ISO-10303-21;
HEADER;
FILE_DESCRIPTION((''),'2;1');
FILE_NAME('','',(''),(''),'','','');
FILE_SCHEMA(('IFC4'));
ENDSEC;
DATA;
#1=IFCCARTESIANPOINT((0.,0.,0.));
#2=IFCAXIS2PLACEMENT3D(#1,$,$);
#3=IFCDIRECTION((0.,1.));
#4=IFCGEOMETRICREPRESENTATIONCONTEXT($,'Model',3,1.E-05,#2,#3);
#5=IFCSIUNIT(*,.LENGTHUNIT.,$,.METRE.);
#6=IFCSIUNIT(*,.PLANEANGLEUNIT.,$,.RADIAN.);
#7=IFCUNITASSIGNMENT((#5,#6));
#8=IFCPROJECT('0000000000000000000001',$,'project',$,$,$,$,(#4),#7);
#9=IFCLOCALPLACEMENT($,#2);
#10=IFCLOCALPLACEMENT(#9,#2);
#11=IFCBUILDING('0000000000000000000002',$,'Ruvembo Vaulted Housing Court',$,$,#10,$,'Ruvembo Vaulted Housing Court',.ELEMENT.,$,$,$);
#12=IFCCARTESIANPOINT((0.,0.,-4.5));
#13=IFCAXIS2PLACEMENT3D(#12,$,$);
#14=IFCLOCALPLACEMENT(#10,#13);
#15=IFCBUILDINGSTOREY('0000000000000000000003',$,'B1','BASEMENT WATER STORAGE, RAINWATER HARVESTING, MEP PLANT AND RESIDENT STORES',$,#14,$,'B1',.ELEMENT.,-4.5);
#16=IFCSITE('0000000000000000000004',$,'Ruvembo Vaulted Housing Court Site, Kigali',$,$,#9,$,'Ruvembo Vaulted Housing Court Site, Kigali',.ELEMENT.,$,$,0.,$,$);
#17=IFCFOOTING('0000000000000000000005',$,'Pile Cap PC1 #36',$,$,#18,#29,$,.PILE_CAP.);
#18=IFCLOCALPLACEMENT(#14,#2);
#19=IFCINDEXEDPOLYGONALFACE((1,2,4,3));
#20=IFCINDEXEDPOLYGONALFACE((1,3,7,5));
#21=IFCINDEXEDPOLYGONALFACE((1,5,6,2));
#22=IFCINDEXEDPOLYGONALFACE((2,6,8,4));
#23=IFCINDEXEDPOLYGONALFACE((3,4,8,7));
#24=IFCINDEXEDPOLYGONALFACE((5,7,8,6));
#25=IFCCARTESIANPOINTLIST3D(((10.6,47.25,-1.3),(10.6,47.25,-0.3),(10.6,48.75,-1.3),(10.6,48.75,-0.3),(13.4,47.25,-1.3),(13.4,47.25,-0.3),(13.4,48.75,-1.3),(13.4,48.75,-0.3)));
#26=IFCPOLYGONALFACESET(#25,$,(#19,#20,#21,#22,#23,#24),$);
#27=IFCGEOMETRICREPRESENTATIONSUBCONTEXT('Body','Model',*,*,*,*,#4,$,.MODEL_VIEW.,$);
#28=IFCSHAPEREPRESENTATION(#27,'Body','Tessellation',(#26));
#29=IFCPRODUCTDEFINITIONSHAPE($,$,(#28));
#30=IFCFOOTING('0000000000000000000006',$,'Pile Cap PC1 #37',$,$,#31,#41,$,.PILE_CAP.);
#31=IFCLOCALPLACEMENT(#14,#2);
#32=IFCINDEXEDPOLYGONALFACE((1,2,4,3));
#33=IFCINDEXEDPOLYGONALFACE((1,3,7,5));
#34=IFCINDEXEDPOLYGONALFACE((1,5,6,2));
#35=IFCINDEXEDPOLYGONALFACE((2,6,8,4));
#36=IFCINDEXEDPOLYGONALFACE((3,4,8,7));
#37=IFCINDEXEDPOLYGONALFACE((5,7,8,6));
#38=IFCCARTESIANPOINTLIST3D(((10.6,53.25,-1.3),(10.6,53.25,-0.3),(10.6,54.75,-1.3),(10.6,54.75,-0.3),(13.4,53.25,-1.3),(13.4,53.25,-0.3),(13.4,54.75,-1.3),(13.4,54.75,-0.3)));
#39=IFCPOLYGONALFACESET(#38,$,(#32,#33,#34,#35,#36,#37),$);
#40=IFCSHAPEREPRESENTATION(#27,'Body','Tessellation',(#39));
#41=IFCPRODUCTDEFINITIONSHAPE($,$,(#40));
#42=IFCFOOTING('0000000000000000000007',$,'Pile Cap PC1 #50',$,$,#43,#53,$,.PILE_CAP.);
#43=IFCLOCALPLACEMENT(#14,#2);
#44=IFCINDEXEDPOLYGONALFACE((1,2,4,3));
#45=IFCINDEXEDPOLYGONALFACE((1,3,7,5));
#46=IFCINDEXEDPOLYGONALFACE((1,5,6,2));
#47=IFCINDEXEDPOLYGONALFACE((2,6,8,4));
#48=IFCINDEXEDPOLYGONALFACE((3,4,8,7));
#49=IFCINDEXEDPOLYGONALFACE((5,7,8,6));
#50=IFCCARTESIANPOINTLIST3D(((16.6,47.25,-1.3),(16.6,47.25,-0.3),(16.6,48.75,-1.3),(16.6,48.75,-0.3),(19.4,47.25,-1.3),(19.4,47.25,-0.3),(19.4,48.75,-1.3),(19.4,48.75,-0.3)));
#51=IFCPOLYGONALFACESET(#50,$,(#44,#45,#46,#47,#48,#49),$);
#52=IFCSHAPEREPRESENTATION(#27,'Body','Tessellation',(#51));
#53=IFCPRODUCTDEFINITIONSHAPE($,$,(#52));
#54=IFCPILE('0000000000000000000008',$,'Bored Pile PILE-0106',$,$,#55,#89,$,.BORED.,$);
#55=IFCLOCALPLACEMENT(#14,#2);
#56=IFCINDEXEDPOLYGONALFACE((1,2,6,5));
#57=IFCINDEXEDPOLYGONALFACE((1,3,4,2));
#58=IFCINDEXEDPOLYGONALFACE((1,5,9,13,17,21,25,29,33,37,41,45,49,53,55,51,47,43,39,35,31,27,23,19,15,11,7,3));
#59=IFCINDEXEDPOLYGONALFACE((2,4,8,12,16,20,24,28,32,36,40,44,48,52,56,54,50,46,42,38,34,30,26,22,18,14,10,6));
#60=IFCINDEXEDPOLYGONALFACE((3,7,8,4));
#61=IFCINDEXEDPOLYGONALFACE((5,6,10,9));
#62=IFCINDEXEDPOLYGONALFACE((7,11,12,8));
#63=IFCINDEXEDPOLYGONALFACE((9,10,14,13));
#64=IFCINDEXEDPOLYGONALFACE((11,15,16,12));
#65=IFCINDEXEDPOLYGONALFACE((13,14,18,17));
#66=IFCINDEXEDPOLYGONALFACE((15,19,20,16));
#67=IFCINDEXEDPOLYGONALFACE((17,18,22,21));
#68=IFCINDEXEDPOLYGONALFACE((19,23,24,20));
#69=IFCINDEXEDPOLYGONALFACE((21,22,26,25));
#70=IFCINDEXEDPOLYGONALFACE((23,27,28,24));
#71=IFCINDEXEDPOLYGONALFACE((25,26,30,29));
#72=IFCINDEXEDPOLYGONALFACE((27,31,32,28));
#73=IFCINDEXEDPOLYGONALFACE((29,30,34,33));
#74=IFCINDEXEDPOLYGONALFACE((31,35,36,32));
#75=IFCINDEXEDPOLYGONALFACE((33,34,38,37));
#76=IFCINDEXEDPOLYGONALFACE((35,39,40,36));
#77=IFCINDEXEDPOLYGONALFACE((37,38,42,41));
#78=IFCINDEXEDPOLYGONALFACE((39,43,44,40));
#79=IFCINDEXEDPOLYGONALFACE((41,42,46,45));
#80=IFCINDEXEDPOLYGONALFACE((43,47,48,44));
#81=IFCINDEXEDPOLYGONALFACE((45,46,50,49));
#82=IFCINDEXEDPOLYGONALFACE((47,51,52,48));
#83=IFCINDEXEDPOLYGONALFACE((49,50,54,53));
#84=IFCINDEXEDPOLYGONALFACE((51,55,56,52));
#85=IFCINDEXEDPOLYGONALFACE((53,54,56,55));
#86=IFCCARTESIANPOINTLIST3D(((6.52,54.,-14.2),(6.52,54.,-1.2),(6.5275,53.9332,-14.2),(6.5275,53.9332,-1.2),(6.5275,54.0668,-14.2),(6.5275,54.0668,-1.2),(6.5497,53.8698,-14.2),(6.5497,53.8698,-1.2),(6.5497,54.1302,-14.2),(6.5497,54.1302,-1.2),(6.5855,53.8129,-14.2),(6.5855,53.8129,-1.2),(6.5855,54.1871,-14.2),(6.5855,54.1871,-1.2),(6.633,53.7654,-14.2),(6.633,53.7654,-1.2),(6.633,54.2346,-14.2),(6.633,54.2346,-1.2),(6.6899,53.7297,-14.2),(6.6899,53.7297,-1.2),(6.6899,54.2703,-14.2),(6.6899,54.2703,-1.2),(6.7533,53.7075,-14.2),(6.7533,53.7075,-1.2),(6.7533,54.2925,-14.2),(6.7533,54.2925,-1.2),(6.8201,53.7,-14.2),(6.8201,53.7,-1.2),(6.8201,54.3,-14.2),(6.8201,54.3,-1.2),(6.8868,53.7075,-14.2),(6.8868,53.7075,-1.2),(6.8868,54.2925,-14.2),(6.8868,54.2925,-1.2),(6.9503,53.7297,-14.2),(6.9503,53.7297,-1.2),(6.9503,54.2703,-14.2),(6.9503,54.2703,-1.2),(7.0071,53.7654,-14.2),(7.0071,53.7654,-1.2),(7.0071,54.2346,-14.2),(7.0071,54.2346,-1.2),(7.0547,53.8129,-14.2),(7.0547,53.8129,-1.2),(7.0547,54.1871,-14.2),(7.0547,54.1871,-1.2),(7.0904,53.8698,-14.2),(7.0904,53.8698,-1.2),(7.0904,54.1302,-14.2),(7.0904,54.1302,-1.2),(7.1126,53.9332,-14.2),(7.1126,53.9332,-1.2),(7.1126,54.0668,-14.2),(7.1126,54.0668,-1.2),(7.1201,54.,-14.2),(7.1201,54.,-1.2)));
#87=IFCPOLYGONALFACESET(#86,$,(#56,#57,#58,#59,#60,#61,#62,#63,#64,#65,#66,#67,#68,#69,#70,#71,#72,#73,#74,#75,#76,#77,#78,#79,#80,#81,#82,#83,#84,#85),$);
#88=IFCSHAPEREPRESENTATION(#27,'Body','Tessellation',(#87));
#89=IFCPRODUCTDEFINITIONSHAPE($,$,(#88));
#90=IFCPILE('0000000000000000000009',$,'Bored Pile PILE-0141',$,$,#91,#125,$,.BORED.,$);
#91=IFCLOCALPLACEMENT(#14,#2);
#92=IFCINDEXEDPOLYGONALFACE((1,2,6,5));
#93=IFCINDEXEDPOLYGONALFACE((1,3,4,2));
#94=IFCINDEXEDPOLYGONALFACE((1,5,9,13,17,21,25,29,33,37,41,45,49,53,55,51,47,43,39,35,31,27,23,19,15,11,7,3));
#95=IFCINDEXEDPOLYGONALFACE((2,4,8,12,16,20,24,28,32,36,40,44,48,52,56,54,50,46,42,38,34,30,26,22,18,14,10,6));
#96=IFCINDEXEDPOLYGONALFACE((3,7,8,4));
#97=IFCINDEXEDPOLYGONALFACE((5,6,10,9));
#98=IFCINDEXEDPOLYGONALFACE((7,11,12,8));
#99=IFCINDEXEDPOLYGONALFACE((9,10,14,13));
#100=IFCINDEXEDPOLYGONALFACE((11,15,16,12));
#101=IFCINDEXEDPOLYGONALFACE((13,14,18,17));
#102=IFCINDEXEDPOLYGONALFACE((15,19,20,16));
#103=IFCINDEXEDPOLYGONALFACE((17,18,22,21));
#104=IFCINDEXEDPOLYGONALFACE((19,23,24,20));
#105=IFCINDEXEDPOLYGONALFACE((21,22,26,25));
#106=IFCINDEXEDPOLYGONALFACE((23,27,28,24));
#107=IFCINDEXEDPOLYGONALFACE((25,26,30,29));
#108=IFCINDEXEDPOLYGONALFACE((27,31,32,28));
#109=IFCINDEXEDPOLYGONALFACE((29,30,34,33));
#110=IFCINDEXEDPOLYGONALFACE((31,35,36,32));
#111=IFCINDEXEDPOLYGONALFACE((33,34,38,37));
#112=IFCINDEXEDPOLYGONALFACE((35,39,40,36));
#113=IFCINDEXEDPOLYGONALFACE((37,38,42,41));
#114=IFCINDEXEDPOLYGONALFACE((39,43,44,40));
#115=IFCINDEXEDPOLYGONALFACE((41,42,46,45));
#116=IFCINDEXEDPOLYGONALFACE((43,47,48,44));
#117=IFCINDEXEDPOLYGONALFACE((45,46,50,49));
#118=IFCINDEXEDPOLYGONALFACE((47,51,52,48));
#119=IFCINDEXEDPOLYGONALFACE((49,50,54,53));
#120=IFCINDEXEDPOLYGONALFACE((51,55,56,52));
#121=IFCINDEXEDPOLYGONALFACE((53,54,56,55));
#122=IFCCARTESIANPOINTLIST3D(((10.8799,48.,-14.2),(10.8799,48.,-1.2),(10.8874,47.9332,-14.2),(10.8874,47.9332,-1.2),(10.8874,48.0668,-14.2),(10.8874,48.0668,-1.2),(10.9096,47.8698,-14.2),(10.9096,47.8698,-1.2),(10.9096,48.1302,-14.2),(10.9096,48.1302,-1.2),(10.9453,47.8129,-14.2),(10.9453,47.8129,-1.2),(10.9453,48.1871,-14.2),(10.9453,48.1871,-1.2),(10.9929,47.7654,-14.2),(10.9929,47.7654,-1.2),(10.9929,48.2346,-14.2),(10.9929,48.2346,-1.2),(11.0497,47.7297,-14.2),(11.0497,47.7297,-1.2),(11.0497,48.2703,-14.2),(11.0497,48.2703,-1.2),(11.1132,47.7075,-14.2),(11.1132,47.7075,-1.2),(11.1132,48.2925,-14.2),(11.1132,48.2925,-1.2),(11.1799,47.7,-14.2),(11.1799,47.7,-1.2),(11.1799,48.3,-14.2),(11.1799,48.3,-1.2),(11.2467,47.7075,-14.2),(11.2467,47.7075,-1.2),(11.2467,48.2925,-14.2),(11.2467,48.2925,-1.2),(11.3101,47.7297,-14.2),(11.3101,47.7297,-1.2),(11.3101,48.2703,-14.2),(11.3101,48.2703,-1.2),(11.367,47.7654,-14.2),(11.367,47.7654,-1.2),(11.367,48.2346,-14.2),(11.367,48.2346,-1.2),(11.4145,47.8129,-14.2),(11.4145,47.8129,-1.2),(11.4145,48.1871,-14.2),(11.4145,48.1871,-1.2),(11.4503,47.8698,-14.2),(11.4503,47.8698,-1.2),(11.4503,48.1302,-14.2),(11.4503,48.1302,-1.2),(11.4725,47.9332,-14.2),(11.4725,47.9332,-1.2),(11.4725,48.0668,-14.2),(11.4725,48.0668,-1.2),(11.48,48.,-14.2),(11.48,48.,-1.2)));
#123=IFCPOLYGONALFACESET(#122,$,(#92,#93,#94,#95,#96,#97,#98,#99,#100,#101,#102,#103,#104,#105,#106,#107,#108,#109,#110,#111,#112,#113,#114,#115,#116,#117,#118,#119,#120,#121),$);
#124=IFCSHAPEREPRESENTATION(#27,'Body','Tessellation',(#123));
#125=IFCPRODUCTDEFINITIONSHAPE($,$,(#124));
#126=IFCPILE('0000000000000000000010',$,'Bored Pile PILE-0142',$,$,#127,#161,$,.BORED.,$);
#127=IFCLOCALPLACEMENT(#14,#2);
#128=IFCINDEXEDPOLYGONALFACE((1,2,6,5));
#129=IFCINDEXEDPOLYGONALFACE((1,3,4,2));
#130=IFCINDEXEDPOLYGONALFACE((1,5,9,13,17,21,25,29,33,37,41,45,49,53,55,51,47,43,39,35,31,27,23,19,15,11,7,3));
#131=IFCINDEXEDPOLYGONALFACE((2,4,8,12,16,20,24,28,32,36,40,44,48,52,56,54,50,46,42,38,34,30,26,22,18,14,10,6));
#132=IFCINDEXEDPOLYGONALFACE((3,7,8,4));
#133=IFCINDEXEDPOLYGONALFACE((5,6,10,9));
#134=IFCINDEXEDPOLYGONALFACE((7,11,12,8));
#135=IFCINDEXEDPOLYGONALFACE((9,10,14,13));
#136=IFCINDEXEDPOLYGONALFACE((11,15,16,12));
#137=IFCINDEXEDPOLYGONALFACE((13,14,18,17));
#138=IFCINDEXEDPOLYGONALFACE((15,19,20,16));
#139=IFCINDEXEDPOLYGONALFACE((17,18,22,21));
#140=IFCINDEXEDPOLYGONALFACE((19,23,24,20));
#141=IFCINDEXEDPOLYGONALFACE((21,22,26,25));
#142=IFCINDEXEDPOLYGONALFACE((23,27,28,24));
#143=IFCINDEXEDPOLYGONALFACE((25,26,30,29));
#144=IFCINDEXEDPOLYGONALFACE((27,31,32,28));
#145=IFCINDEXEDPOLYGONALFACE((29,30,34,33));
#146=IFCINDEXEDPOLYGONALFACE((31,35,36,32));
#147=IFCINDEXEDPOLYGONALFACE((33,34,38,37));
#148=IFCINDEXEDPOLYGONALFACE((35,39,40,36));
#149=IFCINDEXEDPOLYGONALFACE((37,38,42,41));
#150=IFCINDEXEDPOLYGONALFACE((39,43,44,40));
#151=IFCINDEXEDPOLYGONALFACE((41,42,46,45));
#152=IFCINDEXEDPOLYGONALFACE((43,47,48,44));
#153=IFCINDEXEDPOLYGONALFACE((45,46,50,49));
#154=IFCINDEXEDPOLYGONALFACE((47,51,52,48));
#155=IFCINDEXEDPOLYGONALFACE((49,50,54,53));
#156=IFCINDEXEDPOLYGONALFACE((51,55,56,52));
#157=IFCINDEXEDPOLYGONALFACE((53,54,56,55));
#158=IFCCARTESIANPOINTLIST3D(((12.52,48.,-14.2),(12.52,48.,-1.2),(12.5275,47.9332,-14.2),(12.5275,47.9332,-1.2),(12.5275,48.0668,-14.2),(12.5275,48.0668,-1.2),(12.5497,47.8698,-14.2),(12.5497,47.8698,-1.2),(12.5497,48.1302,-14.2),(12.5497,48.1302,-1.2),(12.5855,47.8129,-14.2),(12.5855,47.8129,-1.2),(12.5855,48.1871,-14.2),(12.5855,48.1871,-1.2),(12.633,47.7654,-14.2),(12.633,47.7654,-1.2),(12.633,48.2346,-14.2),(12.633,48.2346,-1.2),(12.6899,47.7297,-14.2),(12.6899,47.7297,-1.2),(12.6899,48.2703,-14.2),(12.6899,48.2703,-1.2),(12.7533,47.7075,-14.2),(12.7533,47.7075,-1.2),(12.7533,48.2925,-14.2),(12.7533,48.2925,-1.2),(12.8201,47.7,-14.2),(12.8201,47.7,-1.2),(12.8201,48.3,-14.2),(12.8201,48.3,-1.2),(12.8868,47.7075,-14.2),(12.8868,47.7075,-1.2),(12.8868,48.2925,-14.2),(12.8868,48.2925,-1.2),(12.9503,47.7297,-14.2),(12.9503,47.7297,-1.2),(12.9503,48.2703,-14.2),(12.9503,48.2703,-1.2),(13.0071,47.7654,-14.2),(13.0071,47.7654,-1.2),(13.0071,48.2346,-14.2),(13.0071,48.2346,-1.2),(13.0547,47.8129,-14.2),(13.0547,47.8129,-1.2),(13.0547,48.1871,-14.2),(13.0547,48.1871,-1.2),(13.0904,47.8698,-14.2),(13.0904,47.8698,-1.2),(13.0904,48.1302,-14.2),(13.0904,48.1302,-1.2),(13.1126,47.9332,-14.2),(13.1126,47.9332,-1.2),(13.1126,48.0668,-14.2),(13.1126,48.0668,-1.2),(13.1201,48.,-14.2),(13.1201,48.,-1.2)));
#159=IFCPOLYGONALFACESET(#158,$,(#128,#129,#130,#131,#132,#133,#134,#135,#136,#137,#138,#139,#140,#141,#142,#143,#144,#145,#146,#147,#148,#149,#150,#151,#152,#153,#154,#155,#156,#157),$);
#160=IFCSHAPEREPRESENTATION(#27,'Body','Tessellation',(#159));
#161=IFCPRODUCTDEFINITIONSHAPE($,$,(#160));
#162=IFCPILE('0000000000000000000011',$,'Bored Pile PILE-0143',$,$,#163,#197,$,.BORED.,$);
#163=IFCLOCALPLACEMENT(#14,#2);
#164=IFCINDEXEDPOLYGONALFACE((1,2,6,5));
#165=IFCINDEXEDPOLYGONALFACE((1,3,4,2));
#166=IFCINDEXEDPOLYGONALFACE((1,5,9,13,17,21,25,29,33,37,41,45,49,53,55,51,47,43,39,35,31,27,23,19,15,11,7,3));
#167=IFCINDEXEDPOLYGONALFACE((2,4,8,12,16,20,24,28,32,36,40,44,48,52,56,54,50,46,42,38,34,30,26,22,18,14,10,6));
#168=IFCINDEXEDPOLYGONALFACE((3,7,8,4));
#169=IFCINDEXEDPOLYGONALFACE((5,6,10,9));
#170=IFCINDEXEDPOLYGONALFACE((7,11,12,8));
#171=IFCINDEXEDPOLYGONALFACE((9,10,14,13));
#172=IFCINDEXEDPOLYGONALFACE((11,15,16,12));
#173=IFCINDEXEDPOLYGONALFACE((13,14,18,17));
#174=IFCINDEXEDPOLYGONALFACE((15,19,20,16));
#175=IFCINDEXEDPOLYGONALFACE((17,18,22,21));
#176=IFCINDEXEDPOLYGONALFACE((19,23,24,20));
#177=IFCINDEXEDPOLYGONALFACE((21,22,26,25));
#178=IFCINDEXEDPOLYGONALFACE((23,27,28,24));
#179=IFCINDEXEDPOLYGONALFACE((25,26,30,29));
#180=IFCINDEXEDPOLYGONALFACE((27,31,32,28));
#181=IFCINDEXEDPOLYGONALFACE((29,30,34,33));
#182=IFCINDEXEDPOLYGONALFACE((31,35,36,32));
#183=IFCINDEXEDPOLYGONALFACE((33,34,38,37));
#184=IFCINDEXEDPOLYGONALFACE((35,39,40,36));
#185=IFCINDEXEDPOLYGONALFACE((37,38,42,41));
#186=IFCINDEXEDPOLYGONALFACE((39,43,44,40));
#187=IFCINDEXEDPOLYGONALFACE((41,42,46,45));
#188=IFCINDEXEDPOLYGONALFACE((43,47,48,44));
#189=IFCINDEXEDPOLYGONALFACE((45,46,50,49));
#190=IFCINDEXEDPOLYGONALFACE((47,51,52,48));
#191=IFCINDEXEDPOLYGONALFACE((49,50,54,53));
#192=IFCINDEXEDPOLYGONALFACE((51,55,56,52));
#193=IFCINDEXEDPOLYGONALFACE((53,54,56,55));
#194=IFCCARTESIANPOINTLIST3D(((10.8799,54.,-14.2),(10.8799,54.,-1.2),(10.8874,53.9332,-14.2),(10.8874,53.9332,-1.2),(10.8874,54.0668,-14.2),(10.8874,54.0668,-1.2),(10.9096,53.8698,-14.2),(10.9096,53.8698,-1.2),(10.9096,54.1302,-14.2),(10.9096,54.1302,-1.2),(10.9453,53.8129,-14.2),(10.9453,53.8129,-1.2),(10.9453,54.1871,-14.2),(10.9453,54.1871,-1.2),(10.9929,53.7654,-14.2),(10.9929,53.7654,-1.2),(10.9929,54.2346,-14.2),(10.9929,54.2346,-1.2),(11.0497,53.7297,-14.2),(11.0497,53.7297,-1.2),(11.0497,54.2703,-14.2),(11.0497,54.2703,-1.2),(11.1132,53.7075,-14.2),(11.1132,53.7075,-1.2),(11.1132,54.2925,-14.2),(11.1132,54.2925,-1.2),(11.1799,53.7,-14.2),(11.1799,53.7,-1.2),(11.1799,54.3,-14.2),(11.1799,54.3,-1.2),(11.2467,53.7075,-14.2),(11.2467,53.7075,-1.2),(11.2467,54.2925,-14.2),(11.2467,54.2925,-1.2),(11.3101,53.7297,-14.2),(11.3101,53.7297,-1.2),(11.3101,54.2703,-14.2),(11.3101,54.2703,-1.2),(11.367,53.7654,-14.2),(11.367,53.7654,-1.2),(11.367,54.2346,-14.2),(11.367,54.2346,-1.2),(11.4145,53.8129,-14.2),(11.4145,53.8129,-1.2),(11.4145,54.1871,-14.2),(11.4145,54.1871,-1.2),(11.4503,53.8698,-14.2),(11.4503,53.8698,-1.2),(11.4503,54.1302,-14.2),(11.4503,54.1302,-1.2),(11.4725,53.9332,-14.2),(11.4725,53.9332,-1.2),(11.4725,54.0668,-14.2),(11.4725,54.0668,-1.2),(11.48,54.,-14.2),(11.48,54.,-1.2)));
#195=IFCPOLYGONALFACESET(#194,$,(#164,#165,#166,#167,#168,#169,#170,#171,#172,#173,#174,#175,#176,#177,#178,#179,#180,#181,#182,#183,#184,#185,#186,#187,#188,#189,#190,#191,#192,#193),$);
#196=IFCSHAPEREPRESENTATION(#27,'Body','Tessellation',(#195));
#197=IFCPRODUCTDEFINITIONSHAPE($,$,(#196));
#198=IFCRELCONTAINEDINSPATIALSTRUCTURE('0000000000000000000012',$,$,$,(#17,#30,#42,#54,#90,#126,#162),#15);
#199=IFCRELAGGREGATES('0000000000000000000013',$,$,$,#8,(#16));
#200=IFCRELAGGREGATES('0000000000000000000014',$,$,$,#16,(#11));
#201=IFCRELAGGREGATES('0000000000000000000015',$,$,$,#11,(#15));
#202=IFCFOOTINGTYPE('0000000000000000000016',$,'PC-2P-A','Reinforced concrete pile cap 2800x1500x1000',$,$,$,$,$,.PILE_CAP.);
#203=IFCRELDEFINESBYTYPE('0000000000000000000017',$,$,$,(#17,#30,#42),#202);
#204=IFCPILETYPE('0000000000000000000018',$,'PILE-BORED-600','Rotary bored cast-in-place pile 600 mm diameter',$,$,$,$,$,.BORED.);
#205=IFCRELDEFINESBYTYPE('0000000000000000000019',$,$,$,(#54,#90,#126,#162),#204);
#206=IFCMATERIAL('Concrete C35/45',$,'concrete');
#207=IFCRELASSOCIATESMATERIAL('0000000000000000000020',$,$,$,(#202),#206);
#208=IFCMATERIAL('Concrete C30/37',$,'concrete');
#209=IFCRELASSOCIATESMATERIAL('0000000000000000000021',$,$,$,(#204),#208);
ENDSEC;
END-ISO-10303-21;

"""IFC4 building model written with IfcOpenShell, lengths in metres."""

from ifc_helpers import new_model, si_unit, direction, frame, origin, origin_2d, place, context, subcontext, project, spatial, rectangle, circle, extrude, material, material_profile, profile_set, type_object, element, save


model = new_model("IFC4")

# Units and contexts
model_context = context("Model", 3, precision=1e-05, world=origin(), true_north=direction((0.0, 1.0)))
body_context = subcontext(model_context, "Body", "Model", "MODEL_VIEW")
ifc_project = project(units=[si_unit("LENGTHUNIT", "METRE"), si_unit("PLANEANGLEUNIT", "RADIAN")], contexts=[model_context])

# Site, building, storey
site_placement = place(None, origin())
site = spatial("IfcSite", under=ifc_project, at=site_placement, Name="Ruvembo Vaulted Housing Court Site, Kigali", LongName="Ruvembo Vaulted Housing Court Site, Kigali", CompositionType="ELEMENT", RefElevation=0.0)
building_placement = place(site_placement, origin())
building = spatial("IfcBuilding", under=site, at=building_placement, Name="Ruvembo Vaulted Housing Court", LongName="Ruvembo Vaulted Housing Court", CompositionType="ELEMENT")
storey_placement = place(building_placement, frame((0.0, 0.0, -4.5)))
storey = spatial("IfcBuildingStorey", under=building, at=storey_placement, Name="B1", Description="BASEMENT WATER STORAGE, RAINWATER HARVESTING, MEP PLANT AND RESIDENT STORES", LongName="B1", CompositionType="ELEMENT", Elevation=-4.5)

# Footings
ifc_material_1 = material(Name="Concrete C35/45", Category="concrete")
footing_type = type_object("IfcFootingType", Name="PC-2P-A", Description="Reinforced concrete pile cap 2800x1500x1000", PredefinedType="PILE_CAP", material=ifc_material_1)
for number, where, z_axis, x_axis, name in (
    (1, (12.0, 48.0, -1.3), (0.0, 0.0, 1.0), (1.0, 0.0, 0.0), "Pile Cap PC1 #36"),
    (2, (12.0, 54.0, -1.3), (0.0, 0.0, 1.0), (1.0, 0.0, 0.0), "Pile Cap PC1 #37"),
    (3, (18.0, 48.0, -1.3), (0.0, 0.0, 1.0), (1.0, 0.0, 0.0), "Pile Cap PC1 #50"),
):
    element("IfcFooting", number, at=place(storey_placement, frame(where, z_axis=z_axis, x_axis=x_axis)), inside=storey, type_object=footing_type, Name=name, PredefinedType="PILE_CAP", context=body_context, shape_type="SweptSolid", body=[
        extrude(rectangle(XDim=2.8, YDim=1.5, at=origin_2d()), origin(), (0.0, 0.0, 1.0), 1.0),
    ])

# Piles
ifc_material_2 = material(Name="Concrete C30/37", Category="concrete")
ifc_material_profile_1 = material_profile(ifc_material_2, circle(Radius=0.3, at=origin_2d()), Name="PILE D600")
ifc_profile_set_1 = profile_set([ifc_material_profile_1], Name="Concrete C30/37")
pile_type_1 = type_object("IfcPileType", Name="PILE-BORED-600", Description="Rotary bored cast-in-place pile 600 mm diameter", PredefinedType="BORED", material=ifc_profile_set_1)
for number, where, z_axis, x_axis, name in (
    (4, (6.8201, 54.0, -1.2), (0.0, 0.0, -1.0), (1.0, 0.0, 0.0), "Bored Pile PILE-0106"),
    (5, (11.1799, 48.0, -1.2), (0.0, 0.0, -1.0), (1.0, 0.0, 0.0), "Bored Pile PILE-0141"),
    (6, (12.8201, 48.0, -1.2), (0.0, 0.0, -1.0), (1.0, 0.0, 0.0), "Bored Pile PILE-0142"),
    (7, (11.1799, 54.0, -1.2), (0.0, 0.0, -1.0), (1.0, 0.0, 0.0), "Bored Pile PILE-0143"),
):
    element("IfcPile", number, at=place(storey_placement, frame(where, z_axis=z_axis, x_axis=x_axis)), inside=storey, type_object=pile_type_1, Name=name, PredefinedType="BORED", context=body_context, shape_type="SweptSolid", body=[
        extrude(circle(Radius=0.3, at=origin_2d()), origin(), (0.0, 0.0, 1.0), 13.0),
    ])

save(model, "model.ifc")
